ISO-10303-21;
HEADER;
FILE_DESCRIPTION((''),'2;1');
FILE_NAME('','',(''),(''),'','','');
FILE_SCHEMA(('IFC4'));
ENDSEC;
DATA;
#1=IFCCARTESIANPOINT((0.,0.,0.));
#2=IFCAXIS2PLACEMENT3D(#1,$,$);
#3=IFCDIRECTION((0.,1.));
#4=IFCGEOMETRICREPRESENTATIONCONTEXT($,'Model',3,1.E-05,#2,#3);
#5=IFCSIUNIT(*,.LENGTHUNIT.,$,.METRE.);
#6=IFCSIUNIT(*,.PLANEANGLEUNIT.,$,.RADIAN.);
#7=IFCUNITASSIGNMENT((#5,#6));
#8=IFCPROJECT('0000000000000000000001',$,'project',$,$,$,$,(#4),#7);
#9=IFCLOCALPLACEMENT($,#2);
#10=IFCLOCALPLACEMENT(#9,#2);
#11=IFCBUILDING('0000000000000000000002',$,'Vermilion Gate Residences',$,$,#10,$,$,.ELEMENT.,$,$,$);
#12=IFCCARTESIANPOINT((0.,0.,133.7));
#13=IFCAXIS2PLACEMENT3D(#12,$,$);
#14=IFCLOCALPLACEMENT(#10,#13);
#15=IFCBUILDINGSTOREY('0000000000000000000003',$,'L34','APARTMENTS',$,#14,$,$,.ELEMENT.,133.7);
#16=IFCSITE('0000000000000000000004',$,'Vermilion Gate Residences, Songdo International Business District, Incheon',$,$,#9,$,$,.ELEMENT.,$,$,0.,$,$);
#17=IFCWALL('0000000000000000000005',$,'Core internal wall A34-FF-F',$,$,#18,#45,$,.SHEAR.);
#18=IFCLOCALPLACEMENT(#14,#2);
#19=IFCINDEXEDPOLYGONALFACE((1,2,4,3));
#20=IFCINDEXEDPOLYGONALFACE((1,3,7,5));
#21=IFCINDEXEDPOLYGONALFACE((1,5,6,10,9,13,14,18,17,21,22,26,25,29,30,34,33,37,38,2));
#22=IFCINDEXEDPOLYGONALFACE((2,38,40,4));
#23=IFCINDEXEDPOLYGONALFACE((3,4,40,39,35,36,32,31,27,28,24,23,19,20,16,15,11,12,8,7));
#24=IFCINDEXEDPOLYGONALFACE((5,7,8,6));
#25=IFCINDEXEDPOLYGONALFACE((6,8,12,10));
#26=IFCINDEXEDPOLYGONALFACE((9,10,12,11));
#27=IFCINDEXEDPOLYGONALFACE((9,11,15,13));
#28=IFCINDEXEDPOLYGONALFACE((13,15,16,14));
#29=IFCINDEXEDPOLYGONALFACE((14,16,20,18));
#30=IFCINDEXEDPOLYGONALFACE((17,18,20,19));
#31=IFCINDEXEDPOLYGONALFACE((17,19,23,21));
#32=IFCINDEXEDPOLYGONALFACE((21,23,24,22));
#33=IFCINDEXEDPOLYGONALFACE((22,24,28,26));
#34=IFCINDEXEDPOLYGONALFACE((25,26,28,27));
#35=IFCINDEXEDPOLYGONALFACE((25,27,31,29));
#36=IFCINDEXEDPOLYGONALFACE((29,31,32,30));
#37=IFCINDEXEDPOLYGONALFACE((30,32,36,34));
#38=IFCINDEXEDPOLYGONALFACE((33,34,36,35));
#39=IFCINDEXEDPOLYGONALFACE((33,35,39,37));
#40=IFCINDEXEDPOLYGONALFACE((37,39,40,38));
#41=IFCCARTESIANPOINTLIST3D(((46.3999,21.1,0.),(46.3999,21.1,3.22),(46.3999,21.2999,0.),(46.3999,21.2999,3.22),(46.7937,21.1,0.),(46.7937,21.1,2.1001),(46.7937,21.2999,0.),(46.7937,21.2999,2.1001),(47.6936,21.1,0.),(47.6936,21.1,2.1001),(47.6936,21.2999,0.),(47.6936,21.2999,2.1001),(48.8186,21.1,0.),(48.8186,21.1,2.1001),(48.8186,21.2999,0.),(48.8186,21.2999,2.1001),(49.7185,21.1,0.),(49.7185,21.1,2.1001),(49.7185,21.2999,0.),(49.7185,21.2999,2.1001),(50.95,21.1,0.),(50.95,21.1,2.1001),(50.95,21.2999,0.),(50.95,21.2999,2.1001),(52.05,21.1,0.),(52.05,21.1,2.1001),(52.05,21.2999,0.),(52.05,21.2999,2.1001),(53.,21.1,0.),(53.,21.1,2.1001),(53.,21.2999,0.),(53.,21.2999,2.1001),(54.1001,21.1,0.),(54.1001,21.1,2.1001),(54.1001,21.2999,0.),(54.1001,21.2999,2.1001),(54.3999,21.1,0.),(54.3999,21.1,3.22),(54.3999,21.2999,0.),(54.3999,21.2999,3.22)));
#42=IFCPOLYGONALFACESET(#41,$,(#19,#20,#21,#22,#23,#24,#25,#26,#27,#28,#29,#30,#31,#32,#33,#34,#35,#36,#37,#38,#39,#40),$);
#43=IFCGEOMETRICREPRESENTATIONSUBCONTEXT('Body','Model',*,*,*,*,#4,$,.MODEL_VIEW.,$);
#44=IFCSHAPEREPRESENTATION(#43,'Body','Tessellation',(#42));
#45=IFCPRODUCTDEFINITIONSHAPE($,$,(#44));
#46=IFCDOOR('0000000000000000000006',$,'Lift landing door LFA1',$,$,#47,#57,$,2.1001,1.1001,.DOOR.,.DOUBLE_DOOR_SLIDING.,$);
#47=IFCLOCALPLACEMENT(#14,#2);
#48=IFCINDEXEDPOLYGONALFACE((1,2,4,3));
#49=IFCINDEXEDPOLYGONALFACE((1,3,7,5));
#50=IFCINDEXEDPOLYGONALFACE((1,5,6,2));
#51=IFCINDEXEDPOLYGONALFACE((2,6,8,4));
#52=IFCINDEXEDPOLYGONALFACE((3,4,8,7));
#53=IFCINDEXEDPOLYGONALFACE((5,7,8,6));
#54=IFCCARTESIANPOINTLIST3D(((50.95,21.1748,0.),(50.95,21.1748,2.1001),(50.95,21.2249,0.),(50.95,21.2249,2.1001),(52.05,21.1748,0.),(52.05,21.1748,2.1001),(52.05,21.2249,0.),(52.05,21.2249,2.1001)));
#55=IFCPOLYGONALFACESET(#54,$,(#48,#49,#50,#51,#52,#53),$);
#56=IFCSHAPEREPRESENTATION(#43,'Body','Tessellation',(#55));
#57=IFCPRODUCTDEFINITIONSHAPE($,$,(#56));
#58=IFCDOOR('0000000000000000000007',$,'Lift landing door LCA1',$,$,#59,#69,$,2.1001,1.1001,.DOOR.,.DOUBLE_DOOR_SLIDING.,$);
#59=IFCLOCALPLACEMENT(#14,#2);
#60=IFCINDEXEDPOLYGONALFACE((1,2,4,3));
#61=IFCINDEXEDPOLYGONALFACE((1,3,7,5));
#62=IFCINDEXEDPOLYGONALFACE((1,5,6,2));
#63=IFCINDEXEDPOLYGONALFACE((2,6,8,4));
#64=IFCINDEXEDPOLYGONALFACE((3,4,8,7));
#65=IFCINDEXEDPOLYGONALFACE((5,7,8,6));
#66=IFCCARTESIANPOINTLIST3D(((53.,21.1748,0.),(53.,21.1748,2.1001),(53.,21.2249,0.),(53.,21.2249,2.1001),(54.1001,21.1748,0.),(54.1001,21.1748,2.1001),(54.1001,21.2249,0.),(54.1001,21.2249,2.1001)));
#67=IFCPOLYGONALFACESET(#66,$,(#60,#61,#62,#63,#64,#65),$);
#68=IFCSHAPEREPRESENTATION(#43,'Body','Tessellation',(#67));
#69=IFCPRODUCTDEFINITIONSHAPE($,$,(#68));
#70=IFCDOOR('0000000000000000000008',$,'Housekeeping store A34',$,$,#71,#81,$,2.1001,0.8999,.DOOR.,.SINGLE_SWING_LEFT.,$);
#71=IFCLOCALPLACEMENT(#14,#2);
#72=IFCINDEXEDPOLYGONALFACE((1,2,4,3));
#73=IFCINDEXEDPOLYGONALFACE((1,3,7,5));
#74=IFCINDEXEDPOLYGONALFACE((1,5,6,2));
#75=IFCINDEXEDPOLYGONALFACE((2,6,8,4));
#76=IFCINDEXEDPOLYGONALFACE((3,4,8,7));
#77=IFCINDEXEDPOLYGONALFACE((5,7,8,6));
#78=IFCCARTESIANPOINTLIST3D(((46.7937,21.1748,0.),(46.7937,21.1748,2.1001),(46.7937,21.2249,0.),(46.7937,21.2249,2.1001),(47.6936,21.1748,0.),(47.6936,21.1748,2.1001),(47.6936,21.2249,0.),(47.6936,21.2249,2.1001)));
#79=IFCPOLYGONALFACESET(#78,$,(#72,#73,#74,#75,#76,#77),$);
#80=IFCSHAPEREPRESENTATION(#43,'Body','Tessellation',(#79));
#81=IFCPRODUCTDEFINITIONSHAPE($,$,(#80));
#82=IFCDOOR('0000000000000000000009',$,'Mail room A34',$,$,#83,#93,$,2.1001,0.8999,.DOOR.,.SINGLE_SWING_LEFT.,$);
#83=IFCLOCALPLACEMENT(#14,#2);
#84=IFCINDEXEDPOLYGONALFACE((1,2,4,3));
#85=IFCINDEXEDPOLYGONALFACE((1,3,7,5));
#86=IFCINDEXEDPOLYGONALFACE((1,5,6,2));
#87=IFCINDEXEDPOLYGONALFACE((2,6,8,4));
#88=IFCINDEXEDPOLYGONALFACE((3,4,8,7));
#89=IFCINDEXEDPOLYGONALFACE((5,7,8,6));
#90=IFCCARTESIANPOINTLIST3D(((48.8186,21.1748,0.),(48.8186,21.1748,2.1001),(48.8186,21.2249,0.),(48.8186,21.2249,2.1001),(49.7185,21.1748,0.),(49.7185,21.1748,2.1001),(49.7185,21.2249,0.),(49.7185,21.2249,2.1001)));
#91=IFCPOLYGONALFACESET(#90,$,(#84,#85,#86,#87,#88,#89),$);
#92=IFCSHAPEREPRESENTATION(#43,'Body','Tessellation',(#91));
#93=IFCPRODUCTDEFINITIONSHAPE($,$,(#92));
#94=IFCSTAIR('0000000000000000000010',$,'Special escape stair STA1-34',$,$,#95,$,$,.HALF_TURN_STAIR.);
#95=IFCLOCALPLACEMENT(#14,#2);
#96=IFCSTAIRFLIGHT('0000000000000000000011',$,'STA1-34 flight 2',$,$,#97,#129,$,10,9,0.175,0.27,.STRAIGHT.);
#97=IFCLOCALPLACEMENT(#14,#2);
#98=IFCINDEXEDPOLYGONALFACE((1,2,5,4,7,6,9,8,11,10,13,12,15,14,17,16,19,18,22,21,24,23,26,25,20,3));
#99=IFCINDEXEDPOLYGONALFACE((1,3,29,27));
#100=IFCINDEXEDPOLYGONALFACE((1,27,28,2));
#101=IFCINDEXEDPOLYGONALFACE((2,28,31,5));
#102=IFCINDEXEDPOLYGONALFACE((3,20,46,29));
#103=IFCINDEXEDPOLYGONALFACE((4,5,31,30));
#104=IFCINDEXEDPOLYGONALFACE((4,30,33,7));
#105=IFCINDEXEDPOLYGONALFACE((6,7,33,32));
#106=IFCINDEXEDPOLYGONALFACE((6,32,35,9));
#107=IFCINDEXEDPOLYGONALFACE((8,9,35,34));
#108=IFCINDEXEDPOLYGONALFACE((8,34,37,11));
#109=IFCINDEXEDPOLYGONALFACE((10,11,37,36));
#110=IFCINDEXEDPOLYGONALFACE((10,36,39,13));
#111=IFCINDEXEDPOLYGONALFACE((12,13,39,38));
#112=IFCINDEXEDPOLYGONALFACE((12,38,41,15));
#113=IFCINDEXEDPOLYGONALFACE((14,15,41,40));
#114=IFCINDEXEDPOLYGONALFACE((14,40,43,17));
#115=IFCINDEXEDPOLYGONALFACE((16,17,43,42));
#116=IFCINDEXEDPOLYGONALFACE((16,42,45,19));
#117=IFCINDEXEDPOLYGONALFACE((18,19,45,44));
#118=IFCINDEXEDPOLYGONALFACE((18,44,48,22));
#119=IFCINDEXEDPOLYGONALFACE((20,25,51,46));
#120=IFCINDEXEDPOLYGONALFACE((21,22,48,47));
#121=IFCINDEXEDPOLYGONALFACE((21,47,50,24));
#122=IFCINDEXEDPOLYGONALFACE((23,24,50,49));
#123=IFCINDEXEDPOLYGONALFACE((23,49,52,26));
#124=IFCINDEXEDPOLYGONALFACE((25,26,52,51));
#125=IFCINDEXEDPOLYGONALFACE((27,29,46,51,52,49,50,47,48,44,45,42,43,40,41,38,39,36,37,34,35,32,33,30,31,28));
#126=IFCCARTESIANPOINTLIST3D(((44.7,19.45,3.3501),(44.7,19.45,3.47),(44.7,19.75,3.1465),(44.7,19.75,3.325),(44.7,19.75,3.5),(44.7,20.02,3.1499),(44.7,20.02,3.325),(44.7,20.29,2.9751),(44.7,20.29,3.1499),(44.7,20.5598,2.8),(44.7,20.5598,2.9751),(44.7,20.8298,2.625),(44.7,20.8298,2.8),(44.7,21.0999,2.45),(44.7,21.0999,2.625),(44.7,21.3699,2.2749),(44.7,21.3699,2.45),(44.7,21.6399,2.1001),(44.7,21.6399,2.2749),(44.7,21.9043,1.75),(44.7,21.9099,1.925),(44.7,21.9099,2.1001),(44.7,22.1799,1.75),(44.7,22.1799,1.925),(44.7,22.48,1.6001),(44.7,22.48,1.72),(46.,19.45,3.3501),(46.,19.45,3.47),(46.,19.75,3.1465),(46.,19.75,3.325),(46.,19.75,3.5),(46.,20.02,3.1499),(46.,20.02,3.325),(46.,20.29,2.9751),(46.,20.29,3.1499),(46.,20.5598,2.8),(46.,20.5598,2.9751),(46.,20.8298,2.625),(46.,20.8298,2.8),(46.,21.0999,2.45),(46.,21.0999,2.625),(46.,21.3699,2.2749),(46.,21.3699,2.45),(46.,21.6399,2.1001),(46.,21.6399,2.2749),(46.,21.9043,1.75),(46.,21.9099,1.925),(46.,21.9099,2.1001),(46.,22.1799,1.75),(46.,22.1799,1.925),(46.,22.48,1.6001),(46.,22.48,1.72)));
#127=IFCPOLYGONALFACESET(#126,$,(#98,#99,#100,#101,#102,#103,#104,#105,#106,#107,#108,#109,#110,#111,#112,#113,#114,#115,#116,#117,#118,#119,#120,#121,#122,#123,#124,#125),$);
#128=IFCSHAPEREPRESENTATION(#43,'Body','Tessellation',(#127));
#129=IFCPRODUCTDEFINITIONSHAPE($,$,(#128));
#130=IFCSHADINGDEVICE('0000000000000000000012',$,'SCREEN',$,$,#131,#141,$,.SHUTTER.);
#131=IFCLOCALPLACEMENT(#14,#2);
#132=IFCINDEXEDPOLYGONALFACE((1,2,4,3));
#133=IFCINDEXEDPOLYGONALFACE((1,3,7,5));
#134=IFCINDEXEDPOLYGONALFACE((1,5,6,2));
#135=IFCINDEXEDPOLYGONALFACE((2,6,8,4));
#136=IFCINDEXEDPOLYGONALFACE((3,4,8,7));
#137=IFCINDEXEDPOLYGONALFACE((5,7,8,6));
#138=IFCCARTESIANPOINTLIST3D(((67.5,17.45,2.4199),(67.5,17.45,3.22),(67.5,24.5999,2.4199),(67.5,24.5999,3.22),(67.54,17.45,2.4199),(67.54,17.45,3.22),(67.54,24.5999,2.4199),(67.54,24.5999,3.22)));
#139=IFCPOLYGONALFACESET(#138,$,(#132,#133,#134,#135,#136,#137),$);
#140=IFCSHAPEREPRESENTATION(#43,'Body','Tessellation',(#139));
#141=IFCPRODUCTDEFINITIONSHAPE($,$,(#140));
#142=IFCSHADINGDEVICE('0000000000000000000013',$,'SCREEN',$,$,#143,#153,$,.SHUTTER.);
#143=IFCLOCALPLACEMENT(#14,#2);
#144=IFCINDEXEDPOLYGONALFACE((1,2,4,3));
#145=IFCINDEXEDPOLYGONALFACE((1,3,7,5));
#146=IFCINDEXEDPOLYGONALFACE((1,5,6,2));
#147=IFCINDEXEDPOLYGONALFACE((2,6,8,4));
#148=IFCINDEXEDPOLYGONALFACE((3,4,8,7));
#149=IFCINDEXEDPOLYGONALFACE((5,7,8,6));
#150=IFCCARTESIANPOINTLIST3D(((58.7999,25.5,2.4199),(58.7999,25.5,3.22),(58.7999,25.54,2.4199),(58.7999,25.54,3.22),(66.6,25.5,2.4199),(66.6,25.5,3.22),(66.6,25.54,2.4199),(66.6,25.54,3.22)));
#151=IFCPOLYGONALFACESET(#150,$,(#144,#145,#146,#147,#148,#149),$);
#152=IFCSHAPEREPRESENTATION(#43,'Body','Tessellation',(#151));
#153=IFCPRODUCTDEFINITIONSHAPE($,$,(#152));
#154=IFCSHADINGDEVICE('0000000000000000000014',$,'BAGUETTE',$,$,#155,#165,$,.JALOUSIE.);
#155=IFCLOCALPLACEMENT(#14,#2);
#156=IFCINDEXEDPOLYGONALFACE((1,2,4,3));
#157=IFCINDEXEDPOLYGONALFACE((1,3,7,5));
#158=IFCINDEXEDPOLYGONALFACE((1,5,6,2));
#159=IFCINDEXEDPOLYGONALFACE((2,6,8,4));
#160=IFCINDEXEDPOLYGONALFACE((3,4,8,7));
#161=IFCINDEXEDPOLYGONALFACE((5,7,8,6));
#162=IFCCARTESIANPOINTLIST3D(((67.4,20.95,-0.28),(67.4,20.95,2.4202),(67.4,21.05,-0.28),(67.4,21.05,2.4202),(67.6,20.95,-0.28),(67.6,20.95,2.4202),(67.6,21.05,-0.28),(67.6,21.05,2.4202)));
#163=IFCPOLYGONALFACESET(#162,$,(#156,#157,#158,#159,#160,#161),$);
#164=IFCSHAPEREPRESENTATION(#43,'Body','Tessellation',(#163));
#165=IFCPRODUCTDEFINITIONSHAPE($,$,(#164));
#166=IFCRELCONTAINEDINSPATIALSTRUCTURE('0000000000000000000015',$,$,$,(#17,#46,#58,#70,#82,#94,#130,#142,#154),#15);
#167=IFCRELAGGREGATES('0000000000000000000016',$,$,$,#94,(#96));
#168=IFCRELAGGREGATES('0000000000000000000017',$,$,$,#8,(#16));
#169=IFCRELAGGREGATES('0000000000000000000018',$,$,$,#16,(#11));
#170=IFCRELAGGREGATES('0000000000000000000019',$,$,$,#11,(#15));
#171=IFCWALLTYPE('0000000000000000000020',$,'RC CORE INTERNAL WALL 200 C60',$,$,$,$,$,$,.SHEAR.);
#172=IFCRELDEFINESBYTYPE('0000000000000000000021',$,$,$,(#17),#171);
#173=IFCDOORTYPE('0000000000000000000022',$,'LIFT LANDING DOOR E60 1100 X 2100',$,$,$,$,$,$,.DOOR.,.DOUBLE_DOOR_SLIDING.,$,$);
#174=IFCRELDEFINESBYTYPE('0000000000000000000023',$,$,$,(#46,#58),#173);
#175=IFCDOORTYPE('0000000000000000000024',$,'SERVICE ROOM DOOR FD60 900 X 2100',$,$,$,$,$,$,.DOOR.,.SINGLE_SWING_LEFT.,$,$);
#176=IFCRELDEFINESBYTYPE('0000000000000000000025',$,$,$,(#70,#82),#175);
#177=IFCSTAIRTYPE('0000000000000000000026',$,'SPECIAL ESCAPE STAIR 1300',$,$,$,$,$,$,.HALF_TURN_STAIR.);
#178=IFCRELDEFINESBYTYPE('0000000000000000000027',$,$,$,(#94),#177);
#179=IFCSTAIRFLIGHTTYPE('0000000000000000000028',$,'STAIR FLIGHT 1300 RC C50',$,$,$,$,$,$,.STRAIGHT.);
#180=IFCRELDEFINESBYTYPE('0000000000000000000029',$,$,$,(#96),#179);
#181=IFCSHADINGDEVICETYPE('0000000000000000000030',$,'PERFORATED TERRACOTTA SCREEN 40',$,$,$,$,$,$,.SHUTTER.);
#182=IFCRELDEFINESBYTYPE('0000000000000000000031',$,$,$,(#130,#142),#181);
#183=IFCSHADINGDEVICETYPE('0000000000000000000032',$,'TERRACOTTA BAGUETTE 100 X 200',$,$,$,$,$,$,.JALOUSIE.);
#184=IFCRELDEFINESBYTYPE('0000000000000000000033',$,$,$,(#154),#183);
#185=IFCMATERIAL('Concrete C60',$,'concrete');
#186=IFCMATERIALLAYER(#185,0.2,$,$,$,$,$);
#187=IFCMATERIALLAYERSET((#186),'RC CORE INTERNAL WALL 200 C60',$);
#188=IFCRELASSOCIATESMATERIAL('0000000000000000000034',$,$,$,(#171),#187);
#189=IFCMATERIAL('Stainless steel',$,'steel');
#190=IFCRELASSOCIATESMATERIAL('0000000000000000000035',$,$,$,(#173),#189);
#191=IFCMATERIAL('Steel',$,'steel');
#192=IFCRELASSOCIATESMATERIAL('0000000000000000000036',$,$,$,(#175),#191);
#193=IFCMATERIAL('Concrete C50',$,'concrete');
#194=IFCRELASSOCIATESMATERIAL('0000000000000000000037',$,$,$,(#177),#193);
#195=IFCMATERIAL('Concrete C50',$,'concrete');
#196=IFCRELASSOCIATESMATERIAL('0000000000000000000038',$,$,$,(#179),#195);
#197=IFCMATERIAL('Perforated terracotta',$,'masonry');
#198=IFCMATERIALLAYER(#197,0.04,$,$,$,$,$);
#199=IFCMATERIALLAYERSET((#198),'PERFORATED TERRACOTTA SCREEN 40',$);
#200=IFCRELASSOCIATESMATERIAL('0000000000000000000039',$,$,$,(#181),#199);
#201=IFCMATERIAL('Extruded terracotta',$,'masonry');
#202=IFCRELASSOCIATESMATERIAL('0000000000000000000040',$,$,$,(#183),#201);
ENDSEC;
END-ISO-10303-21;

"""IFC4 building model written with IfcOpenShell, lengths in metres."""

from ifc_helpers import new_model, si_unit, direction, frame, frame_2d, origin, origin_2d, place, context, subcontext, project, spatial, polyline, rectangle, outline, extrude, material, layer, layer_set, material_profile, profile_set, type_object, element, fill, aggregate, save


model = new_model("IFC4")

# Units and contexts
model_context = context("Model", 3, precision=1e-05, world=origin(), true_north=direction((0.0, 1.0)))
body_context = subcontext(model_context, "Body", "Model", "MODEL_VIEW")
ifc_project = project(units=[si_unit("LENGTHUNIT", "METRE"), si_unit("PLANEANGLEUNIT", "RADIAN")], contexts=[model_context])

# Site, building, storey
site_placement = place(None, origin())
site = spatial("IfcSite", under=ifc_project, at=site_placement, Name="Vermilion Gate Residences, Songdo International Business District, Incheon", CompositionType="ELEMENT", RefElevation=0.0)
building_placement = place(site_placement, origin())
building = spatial("IfcBuilding", under=site, at=building_placement, Name="Vermilion Gate Residences", CompositionType="ELEMENT")
storey_placement = place(building_placement, frame((0.0, 0.0, 133.7)))
storey = spatial("IfcBuildingStorey", under=building, at=storey_placement, Name="L34", Description="APARTMENTS", CompositionType="ELEMENT", Elevation=133.7)

# Shared definitions
ifc_material_1 = material(Name="Concrete C60", Category="concrete")
ifc_layer_1 = layer(ifc_material_1, 0.2)
ifc_layer_set_1 = layer_set([ifc_layer_1], Name="RC CORE INTERNAL WALL 200 C60")
wall_type_1 = type_object("IfcWallType", Name="RC CORE INTERNAL WALL 200 C60", PredefinedType="SHEAR", material=ifc_layer_set_1)

# Wall, openings, doors
wall_1_placement = place(storey_placement, frame((46.3999, 21.2, 0.0), z_axis=(0.0, 0.0, 1.0), x_axis=(1.0, 0.0, 0.0)))
wall_1 = element("IfcWall", 1, at=wall_1_placement, inside=storey, type_object=wall_type_1, Name="Core internal wall A34-FF-F", PredefinedType="SHEAR", context=body_context, shape_type="SweptSolid", body=[
    extrude(rectangle(XDim=8.0, YDim=0.2, at=frame_2d((4.0, 0.0))), origin(), (0.0, 0.0, 1.0), 3.22),
])
opening_1_placement = place(wall_1_placement, frame((0.3938, 0.0, 0.0)))
opening_1 = element("IfcOpeningElement", 2, at=opening_1_placement, cuts=wall_1, PredefinedType="OPENING", context=body_context, shape_type="SweptSolid", body=[
    extrude(rectangle(XDim=0.8999, YDim=2.1001, at=frame_2d((0.45, 1.05))), frame((0.0, 0.1099, 0.0), z_axis=(0.0, -1.0, 0.0), x_axis=(1.0, 0.0, 0.0)), (0.0, 0.0, 1.0), 0.22),
])
opening_2_placement = place(wall_1_placement, frame((2.4187, 0.0, 0.0)))
opening_2 = element("IfcOpeningElement", 3, at=opening_2_placement, cuts=wall_1, PredefinedType="OPENING", context=body_context, shape_type="SweptSolid", body=[
    extrude(rectangle(XDim=0.8999, YDim=2.1001, at=frame_2d((0.45, 1.05))), frame((0.0, 0.1099, 0.0), z_axis=(0.0, -1.0, 0.0), x_axis=(1.0, 0.0, 0.0)), (0.0, 0.0, 1.0), 0.22),
])
opening_3_placement = place(wall_1_placement, frame((4.55, 0.0, 0.0)))
opening_3 = element("IfcOpeningElement", 4, at=opening_3_placement, cuts=wall_1, PredefinedType="OPENING", context=body_context, shape_type="SweptSolid", body=[
    extrude(rectangle(XDim=1.1001, YDim=2.1001, at=frame_2d((0.55, 1.05))), frame((0.0, 0.1099, 0.0), z_axis=(0.0, -1.0, 0.0), x_axis=(1.0, 0.0, 0.0)), (0.0, 0.0, 1.0), 0.22),
])
opening_4_placement = place(wall_1_placement, frame((6.6001, 0.0, 0.0)))
opening_4 = element("IfcOpeningElement", 5, at=opening_4_placement, cuts=wall_1, PredefinedType="OPENING", context=body_context, shape_type="SweptSolid", body=[
    extrude(rectangle(XDim=1.1001, YDim=2.1001, at=frame_2d((0.55, 1.05))), frame((0.0, 0.1099, 0.0), z_axis=(0.0, -1.0, 0.0), x_axis=(1.0, 0.0, 0.0)), (0.0, 0.0, 1.0), 0.22),
])
ifc_material_2 = material(Name="Stainless steel", Category="steel")
door_type_1 = type_object("IfcDoorType", Name="LIFT LANDING DOOR E60 1100 X 2100", OperationType="DOUBLE_DOOR_SLIDING", PredefinedType="DOOR", material=ifc_material_2)
door_1_placement = place(opening_3_placement, origin())
door_1 = element("IfcDoor", 6, at=door_1_placement, inside=storey, type_object=door_type_1, Name="Lift landing door LFA1", OperationType="DOUBLE_DOOR_SLIDING", OverallHeight=2.1001, OverallWidth=1.1001, PredefinedType="DOOR", context=body_context, shape_type="SweptSolid", body=[
    extrude(rectangle(XDim=1.1001, YDim=2.1001, at=frame_2d((0.55, 1.05))), frame((0.0, 0.0249, 0.0), z_axis=(0.0, -1.0, 0.0), x_axis=(1.0, 0.0, 0.0)), (0.0, 0.0, 1.0), 0.05),
])
fill(opening_3, door_1)
door_2_placement = place(opening_4_placement, origin())
door_2 = element("IfcDoor", 7, at=door_2_placement, inside=storey, type_object=door_type_1, Name="Lift landing door LCA1", OperationType="DOUBLE_DOOR_SLIDING", OverallHeight=2.1001, OverallWidth=1.1001, PredefinedType="DOOR", context=body_context, shape_type="SweptSolid", body=[
    extrude(rectangle(XDim=1.1001, YDim=2.1001, at=frame_2d((0.55, 1.05))), frame((0.0, 0.0249, 0.0), z_axis=(0.0, -1.0, 0.0), x_axis=(1.0, 0.0, 0.0)), (0.0, 0.0, 1.0), 0.05),
])
fill(opening_4, door_2)
ifc_material_3 = material(Name="Steel", Category="steel")
door_type_2 = type_object("IfcDoorType", Name="SERVICE ROOM DOOR FD60 900 X 2100", OperationType="SINGLE_SWING_LEFT", PredefinedType="DOOR", material=ifc_material_3)
door_3_placement = place(opening_1_placement, origin())
door_3 = element("IfcDoor", 8, at=door_3_placement, inside=storey, type_object=door_type_2, Name="Housekeeping store A34", OperationType="SINGLE_SWING_LEFT", OverallHeight=2.1001, OverallWidth=0.8999, PredefinedType="DOOR", context=body_context, shape_type="SweptSolid", body=[
    extrude(rectangle(XDim=0.8999, YDim=2.1001, at=frame_2d((0.45, 1.05))), frame((0.0, 0.0249, 0.0), z_axis=(0.0, -1.0, 0.0), x_axis=(1.0, 0.0, 0.0)), (0.0, 0.0, 1.0), 0.05),
])
fill(opening_1, door_3)
door_4_placement = place(opening_2_placement, origin())
door_4 = element("IfcDoor", 9, at=door_4_placement, inside=storey, type_object=door_type_2, Name="Mail room A34", OperationType="SINGLE_SWING_LEFT", OverallHeight=2.1001, OverallWidth=0.8999, PredefinedType="DOOR", context=body_context, shape_type="SweptSolid", body=[
    extrude(rectangle(XDim=0.8999, YDim=2.1001, at=frame_2d((0.45, 1.05))), frame((0.0, 0.0249, 0.0), z_axis=(0.0, -1.0, 0.0), x_axis=(1.0, 0.0, 0.0)), (0.0, 0.0, 1.0), 0.05),
])
fill(opening_2, door_4)

# Stair, stair flight
ifc_material_4 = material(Name="Concrete C50", Category="concrete")
stair_type = type_object("IfcStairType", Name="SPECIAL ESCAPE STAIR 1300", PredefinedType="HALF_TURN_STAIR", material=ifc_material_4)
stair_placement = place(storey_placement, origin())
stair = element("IfcStair", 10, at=stair_placement, inside=storey, type_object=stair_type, Name="Special escape stair STA1-34", PredefinedType="HALF_TURN_STAIR")
ifc_material_5 = material(Name="Concrete C50", Category="concrete")
stair_flight_type = type_object("IfcStairFlightType", Name="STAIR FLIGHT 1300 RC C50", PredefinedType="STRAIGHT", material=ifc_material_5)
stair_flight_placement = place(storey_placement, frame((45.3501, 22.1799, 1.75), z_axis=(0.0, 0.0, 1.0), x_axis=(0.0, -1.0, 0.0)))
stair_flight = element("IfcStairFlight", 11, at=stair_flight_placement, type_object=stair_flight_type, Name="STA1-34 flight 2", NumberOfRisers=10, NumberOfTreads=9, PredefinedType="STRAIGHT", RiserHeight=0.175, TreadLength=0.27, context=body_context, shape_type="SweptSolid", body=[
    extrude(outline(polyline([(-0.3, -0.1499), (-0.3, -0.03), (0.0, 0.0), (0.0, 0.175), (0.27, 0.175), (0.27, 0.3501), (0.54, 0.3501), (0.54, 0.5249), (0.8101, 0.5249), (0.8101, 0.7), (1.0801, 0.7), (1.0801, 0.875), (1.3501, 0.875), (1.3501, 1.05), (1.6201, 1.05), (1.6201, 1.2251), (1.8899, 1.2251), (1.8899, 1.3999), (2.1599, 1.3999), (2.1599, 1.575), (2.4299, 1.575), (2.4299, 1.75), (2.73, 1.72), (2.73, 1.6001), (2.4299, 1.3965), (0.2756, 0.0), (-0.3, -0.1499)])), frame((0.0, 0.6499, 0.0), z_axis=(0.0, -1.0, 0.0), x_axis=(1.0, 0.0, 0.0)), (0.0, 0.0, 1.0), 1.3),
])
aggregate(stair, [stair_flight])

# Shading devices
ifc_material_6 = material(Name="Perforated terracotta", Category="masonry")
ifc_layer_2 = layer(ifc_material_6, 0.04)
ifc_layer_set_2 = layer_set([ifc_layer_2], Name="PERFORATED TERRACOTTA SCREEN 40")
shading_device_type_1 = type_object("IfcShadingDeviceType", Name="PERFORATED TERRACOTTA SCREEN 40", PredefinedType="SHUTTER", material=ifc_layer_set_2)
shading_device_1_placement = place(storey_placement, frame((67.52, 21.0249, 2.4199), z_axis=(0.0, 0.0, 1.0), x_axis=(0.0, 1.0, 0.0)))
element("IfcShadingDevice", 12, at=shading_device_1_placement, inside=storey, type_object=shading_device_type_1, Name="SCREEN", PredefinedType="SHUTTER", context=body_context, shape_type="SweptSolid", body=[
    extrude(rectangle(XDim=7.1499, YDim=0.04, at=origin_2d()), origin(), (0.0, 0.0, 1.0), 0.8),
])
shading_device_2_placement = place(storey_placement, frame((62.7, 25.52, 2.4199), z_axis=(0.0, 0.0, 1.0), x_axis=(-1.0, 0.0, 0.0)))
element("IfcShadingDevice", 13, at=shading_device_2_placement, inside=storey, type_object=shading_device_type_1, Name="SCREEN", PredefinedType="SHUTTER", context=body_context, shape_type="SweptSolid", body=[
    extrude(rectangle(XDim=7.8, YDim=0.04, at=origin_2d()), origin(), (0.0, 0.0, 1.0), 0.8),
])
ifc_material_7 = material(Name="Extruded terracotta", Category="masonry")
ifc_material_profile_1 = material_profile(ifc_material_7, rectangle(XDim=0.2, YDim=0.1001, at=origin_2d()), Name="BAGUETTE 100 X 200")
ifc_profile_set_1 = profile_set([ifc_material_profile_1], Name="Extruded terracotta")
shading_device_type_2 = type_object("IfcShadingDeviceType", Name="TERRACOTTA BAGUETTE 100 X 200", PredefinedType="JALOUSIE", material=ifc_profile_set_1)
for number, where, z_axis, x_axis, name in (
    (14, (67.5, 21.0, -0.28), (0.0, 0.0, 1.0), (-1.0, 0.0, 0.0), "BAGUETTE"),
):
    element("IfcShadingDevice", number, at=place(storey_placement, frame(where, z_axis=z_axis, x_axis=x_axis)), inside=storey, type_object=shading_device_type_2, Name=name, PredefinedType="JALOUSIE", context=body_context, shape_type="SweptSolid", body=[
        extrude(rectangle(XDim=0.2, YDim=0.1001, at=origin_2d()), origin(), (0.0, 0.0, 1.0), 2.7002),
    ])

save(model, "model.ifc")
